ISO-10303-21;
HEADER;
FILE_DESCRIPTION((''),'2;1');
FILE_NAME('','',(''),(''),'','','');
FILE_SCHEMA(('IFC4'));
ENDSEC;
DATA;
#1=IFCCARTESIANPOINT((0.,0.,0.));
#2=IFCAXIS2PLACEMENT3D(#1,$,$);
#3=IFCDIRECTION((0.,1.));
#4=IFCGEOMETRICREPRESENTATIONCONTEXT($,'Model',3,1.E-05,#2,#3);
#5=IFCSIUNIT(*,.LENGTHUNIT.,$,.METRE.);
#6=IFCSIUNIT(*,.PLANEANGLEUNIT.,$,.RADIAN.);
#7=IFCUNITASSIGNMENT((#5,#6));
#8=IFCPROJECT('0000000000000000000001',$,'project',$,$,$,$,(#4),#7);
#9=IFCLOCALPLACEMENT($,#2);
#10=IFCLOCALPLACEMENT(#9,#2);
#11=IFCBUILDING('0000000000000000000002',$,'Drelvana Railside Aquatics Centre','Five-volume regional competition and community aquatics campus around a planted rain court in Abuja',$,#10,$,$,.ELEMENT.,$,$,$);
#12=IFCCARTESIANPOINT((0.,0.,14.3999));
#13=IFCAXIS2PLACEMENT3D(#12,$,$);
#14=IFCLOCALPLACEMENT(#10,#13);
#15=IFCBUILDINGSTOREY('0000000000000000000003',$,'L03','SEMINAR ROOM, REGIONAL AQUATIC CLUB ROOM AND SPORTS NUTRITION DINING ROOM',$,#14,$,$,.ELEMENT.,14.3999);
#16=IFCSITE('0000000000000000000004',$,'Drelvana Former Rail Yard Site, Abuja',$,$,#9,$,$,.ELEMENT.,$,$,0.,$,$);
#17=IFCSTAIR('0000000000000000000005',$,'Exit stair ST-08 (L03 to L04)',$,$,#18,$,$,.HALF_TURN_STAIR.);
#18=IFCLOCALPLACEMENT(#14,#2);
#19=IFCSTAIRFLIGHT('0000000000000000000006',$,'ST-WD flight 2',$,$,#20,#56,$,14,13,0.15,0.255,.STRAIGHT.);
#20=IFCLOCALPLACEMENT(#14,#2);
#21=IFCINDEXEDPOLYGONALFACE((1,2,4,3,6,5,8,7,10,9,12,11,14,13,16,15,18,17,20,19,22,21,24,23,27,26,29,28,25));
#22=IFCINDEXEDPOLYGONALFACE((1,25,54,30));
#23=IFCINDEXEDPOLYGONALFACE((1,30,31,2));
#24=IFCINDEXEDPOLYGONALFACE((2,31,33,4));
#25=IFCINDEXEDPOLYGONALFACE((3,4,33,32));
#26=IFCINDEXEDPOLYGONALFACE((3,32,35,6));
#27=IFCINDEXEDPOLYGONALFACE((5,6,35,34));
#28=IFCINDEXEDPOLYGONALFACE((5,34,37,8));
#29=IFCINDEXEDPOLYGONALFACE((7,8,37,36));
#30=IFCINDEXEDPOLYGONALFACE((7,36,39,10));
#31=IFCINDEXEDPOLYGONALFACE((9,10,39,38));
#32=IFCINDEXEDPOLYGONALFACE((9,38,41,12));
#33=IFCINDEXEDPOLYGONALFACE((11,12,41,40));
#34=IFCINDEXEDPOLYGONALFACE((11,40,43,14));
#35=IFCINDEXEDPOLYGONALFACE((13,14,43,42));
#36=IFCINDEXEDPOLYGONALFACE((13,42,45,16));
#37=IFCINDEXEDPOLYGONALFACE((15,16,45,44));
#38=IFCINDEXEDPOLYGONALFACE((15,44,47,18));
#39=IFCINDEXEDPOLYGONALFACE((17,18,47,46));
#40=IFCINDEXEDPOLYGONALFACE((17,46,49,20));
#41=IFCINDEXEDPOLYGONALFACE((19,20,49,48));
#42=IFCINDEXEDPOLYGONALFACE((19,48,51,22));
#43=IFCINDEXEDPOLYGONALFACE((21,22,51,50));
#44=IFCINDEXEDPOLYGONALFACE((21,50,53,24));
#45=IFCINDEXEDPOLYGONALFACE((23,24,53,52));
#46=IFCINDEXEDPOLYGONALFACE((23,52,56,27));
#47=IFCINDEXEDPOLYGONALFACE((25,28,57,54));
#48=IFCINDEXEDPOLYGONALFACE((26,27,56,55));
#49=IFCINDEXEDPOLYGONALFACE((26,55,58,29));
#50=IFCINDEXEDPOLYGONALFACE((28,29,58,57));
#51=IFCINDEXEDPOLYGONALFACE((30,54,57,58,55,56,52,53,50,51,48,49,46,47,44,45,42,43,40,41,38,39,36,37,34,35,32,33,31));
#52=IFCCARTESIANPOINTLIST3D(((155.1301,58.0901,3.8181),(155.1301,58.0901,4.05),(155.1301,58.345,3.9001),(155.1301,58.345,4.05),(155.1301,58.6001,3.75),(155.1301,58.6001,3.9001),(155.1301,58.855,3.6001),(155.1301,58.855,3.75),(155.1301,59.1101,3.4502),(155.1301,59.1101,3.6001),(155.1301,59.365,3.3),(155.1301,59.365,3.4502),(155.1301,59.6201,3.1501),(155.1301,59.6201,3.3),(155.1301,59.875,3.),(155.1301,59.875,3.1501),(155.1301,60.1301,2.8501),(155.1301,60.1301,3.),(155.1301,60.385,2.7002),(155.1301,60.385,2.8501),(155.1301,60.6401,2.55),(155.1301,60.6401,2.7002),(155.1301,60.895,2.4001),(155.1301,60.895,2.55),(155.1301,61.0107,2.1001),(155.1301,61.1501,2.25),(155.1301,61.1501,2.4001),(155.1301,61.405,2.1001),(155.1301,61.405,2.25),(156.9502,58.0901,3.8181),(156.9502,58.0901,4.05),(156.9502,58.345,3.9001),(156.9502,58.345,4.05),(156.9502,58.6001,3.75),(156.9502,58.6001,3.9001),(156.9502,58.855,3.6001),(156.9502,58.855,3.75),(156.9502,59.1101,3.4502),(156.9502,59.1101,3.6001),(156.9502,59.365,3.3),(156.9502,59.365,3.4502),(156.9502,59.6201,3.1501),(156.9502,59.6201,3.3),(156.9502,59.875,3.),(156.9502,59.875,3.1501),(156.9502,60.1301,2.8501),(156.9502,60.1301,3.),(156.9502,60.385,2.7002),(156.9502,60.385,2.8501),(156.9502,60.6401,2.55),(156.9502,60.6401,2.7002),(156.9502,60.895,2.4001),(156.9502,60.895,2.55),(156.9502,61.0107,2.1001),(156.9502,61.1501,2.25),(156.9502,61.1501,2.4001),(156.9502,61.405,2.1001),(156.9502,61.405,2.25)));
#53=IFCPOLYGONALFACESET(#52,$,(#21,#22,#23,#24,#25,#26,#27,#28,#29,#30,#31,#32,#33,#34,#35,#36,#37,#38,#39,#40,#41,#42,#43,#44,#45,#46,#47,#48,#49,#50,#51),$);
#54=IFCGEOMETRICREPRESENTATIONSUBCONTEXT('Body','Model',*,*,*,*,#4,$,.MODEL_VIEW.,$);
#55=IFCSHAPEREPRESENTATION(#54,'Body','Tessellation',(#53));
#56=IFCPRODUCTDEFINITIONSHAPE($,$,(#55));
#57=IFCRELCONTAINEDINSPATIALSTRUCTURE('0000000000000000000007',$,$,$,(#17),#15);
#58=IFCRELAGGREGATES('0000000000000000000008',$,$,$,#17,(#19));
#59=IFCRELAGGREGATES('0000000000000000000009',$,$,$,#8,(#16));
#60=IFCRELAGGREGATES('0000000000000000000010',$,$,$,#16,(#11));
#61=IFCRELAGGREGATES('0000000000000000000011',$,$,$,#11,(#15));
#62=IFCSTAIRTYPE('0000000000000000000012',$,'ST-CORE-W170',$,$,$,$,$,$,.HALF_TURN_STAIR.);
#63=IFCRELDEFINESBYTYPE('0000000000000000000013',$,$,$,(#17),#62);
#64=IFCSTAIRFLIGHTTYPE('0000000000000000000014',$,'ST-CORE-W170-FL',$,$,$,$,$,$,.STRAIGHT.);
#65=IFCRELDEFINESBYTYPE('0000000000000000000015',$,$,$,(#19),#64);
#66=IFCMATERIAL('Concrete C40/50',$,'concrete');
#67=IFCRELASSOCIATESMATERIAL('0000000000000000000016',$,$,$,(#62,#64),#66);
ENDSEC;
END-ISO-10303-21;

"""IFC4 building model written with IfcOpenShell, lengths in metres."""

from ifc_helpers import new_model, si_unit, direction, frame, origin, place, context, subcontext, project, spatial, polyline, outline, extrude, material, type_object, element, aggregate, save


model = new_model("IFC4")

# Units and contexts
model_context = context("Model", 3, precision=1e-05, world=origin(), true_north=direction((0.0, 1.0)))
body_context = subcontext(model_context, "Body", "Model", "MODEL_VIEW")
ifc_project = project(units=[si_unit("LENGTHUNIT", "METRE"), si_unit("PLANEANGLEUNIT", "RADIAN")], contexts=[model_context])

# Site, building, storey
site_placement = place(None, origin())
site = spatial("IfcSite", under=ifc_project, at=site_placement, Name="Drelvana Former Rail Yard Site, Abuja", CompositionType="ELEMENT", RefElevation=0.0)
building_placement = place(site_placement, origin())
building = spatial("IfcBuilding", under=site, at=building_placement, Name="Drelvana Railside Aquatics Centre", Description="Five-volume regional competition and community aquatics campus around a planted rain court in Abuja", CompositionType="ELEMENT")
storey_placement = place(building_placement, frame((0.0, 0.0, 14.3999)))
storey = spatial("IfcBuildingStorey", under=building, at=storey_placement, Name="L03", Description="SEMINAR ROOM, REGIONAL AQUATIC CLUB ROOM AND SPORTS NUTRITION DINING ROOM", CompositionType="ELEMENT", Elevation=14.3999)

# Shared definitions
ifc_material_1 = material(Name="Concrete C40/50", Category="concrete")

# Stair, stair flight
stair_type = type_object("IfcStairType", Name="ST-CORE-W170", PredefinedType="HALF_TURN_STAIR", material=ifc_material_1)
stair_placement = place(storey_placement, origin())
stair = element("IfcStair", 1, at=stair_placement, inside=storey, type_object=stair_type, Name="Exit stair ST-08 (L03 to L04)", PredefinedType="HALF_TURN_STAIR")
stair_flight_type = type_object("IfcStairFlightType", Name="ST-CORE-W170-FL", PredefinedType="STRAIGHT", material=ifc_material_1)
stair_flight_1_placement = place(storey_placement, frame((156.04, 61.405, 2.1001), z_axis=(0.0, 0.0, 1.0), x_axis=(0.0, -1.0, 0.0)))
stair_flight_1 = element("IfcStairFlight", 2, at=stair_flight_1_placement, type_object=stair_flight_type, Name="ST-WD flight 2", NumberOfRisers=14, NumberOfTreads=13, PredefinedType="STRAIGHT", RiserHeight=0.15, TreadLength=0.255, context=body_context, shape_type="SweptSolid", body=[
    extrude(outline(polyline([(0.0, 0.0), (0.0, 0.1499), (0.2549, 0.1499), (0.2549, 0.3), (0.51, 0.3), (0.51, 0.45), (0.7649, 0.45), (0.7649, 0.6001), (1.02, 0.6001), (1.02, 0.75), (1.2749, 0.75), (1.2749, 0.8999), (1.53, 0.8999), (1.53, 1.05), (1.7849, 1.05), (1.7849, 1.2), (2.04, 1.2), (2.04, 1.3501), (2.2949, 1.3501), (2.2949, 1.5), (2.55, 1.5), (2.55, 1.6499), (2.8049, 1.6499), (2.8049, 1.8), (3.0601, 1.8), (3.0601, 1.95), (3.3149, 1.95), (3.3149, 2.1001), (3.3149, 1.718), (0.3943, 0.0), (0.0, 0.0)])), frame((0.0, 0.9102, 0.0), z_axis=(0.0, -1.0, 0.0), x_axis=(1.0, 0.0, 0.0)), (0.0, 0.0, 1.0), 1.8201),
])
aggregate(stair, [stair_flight_1])

save(model, "model.ifc")
